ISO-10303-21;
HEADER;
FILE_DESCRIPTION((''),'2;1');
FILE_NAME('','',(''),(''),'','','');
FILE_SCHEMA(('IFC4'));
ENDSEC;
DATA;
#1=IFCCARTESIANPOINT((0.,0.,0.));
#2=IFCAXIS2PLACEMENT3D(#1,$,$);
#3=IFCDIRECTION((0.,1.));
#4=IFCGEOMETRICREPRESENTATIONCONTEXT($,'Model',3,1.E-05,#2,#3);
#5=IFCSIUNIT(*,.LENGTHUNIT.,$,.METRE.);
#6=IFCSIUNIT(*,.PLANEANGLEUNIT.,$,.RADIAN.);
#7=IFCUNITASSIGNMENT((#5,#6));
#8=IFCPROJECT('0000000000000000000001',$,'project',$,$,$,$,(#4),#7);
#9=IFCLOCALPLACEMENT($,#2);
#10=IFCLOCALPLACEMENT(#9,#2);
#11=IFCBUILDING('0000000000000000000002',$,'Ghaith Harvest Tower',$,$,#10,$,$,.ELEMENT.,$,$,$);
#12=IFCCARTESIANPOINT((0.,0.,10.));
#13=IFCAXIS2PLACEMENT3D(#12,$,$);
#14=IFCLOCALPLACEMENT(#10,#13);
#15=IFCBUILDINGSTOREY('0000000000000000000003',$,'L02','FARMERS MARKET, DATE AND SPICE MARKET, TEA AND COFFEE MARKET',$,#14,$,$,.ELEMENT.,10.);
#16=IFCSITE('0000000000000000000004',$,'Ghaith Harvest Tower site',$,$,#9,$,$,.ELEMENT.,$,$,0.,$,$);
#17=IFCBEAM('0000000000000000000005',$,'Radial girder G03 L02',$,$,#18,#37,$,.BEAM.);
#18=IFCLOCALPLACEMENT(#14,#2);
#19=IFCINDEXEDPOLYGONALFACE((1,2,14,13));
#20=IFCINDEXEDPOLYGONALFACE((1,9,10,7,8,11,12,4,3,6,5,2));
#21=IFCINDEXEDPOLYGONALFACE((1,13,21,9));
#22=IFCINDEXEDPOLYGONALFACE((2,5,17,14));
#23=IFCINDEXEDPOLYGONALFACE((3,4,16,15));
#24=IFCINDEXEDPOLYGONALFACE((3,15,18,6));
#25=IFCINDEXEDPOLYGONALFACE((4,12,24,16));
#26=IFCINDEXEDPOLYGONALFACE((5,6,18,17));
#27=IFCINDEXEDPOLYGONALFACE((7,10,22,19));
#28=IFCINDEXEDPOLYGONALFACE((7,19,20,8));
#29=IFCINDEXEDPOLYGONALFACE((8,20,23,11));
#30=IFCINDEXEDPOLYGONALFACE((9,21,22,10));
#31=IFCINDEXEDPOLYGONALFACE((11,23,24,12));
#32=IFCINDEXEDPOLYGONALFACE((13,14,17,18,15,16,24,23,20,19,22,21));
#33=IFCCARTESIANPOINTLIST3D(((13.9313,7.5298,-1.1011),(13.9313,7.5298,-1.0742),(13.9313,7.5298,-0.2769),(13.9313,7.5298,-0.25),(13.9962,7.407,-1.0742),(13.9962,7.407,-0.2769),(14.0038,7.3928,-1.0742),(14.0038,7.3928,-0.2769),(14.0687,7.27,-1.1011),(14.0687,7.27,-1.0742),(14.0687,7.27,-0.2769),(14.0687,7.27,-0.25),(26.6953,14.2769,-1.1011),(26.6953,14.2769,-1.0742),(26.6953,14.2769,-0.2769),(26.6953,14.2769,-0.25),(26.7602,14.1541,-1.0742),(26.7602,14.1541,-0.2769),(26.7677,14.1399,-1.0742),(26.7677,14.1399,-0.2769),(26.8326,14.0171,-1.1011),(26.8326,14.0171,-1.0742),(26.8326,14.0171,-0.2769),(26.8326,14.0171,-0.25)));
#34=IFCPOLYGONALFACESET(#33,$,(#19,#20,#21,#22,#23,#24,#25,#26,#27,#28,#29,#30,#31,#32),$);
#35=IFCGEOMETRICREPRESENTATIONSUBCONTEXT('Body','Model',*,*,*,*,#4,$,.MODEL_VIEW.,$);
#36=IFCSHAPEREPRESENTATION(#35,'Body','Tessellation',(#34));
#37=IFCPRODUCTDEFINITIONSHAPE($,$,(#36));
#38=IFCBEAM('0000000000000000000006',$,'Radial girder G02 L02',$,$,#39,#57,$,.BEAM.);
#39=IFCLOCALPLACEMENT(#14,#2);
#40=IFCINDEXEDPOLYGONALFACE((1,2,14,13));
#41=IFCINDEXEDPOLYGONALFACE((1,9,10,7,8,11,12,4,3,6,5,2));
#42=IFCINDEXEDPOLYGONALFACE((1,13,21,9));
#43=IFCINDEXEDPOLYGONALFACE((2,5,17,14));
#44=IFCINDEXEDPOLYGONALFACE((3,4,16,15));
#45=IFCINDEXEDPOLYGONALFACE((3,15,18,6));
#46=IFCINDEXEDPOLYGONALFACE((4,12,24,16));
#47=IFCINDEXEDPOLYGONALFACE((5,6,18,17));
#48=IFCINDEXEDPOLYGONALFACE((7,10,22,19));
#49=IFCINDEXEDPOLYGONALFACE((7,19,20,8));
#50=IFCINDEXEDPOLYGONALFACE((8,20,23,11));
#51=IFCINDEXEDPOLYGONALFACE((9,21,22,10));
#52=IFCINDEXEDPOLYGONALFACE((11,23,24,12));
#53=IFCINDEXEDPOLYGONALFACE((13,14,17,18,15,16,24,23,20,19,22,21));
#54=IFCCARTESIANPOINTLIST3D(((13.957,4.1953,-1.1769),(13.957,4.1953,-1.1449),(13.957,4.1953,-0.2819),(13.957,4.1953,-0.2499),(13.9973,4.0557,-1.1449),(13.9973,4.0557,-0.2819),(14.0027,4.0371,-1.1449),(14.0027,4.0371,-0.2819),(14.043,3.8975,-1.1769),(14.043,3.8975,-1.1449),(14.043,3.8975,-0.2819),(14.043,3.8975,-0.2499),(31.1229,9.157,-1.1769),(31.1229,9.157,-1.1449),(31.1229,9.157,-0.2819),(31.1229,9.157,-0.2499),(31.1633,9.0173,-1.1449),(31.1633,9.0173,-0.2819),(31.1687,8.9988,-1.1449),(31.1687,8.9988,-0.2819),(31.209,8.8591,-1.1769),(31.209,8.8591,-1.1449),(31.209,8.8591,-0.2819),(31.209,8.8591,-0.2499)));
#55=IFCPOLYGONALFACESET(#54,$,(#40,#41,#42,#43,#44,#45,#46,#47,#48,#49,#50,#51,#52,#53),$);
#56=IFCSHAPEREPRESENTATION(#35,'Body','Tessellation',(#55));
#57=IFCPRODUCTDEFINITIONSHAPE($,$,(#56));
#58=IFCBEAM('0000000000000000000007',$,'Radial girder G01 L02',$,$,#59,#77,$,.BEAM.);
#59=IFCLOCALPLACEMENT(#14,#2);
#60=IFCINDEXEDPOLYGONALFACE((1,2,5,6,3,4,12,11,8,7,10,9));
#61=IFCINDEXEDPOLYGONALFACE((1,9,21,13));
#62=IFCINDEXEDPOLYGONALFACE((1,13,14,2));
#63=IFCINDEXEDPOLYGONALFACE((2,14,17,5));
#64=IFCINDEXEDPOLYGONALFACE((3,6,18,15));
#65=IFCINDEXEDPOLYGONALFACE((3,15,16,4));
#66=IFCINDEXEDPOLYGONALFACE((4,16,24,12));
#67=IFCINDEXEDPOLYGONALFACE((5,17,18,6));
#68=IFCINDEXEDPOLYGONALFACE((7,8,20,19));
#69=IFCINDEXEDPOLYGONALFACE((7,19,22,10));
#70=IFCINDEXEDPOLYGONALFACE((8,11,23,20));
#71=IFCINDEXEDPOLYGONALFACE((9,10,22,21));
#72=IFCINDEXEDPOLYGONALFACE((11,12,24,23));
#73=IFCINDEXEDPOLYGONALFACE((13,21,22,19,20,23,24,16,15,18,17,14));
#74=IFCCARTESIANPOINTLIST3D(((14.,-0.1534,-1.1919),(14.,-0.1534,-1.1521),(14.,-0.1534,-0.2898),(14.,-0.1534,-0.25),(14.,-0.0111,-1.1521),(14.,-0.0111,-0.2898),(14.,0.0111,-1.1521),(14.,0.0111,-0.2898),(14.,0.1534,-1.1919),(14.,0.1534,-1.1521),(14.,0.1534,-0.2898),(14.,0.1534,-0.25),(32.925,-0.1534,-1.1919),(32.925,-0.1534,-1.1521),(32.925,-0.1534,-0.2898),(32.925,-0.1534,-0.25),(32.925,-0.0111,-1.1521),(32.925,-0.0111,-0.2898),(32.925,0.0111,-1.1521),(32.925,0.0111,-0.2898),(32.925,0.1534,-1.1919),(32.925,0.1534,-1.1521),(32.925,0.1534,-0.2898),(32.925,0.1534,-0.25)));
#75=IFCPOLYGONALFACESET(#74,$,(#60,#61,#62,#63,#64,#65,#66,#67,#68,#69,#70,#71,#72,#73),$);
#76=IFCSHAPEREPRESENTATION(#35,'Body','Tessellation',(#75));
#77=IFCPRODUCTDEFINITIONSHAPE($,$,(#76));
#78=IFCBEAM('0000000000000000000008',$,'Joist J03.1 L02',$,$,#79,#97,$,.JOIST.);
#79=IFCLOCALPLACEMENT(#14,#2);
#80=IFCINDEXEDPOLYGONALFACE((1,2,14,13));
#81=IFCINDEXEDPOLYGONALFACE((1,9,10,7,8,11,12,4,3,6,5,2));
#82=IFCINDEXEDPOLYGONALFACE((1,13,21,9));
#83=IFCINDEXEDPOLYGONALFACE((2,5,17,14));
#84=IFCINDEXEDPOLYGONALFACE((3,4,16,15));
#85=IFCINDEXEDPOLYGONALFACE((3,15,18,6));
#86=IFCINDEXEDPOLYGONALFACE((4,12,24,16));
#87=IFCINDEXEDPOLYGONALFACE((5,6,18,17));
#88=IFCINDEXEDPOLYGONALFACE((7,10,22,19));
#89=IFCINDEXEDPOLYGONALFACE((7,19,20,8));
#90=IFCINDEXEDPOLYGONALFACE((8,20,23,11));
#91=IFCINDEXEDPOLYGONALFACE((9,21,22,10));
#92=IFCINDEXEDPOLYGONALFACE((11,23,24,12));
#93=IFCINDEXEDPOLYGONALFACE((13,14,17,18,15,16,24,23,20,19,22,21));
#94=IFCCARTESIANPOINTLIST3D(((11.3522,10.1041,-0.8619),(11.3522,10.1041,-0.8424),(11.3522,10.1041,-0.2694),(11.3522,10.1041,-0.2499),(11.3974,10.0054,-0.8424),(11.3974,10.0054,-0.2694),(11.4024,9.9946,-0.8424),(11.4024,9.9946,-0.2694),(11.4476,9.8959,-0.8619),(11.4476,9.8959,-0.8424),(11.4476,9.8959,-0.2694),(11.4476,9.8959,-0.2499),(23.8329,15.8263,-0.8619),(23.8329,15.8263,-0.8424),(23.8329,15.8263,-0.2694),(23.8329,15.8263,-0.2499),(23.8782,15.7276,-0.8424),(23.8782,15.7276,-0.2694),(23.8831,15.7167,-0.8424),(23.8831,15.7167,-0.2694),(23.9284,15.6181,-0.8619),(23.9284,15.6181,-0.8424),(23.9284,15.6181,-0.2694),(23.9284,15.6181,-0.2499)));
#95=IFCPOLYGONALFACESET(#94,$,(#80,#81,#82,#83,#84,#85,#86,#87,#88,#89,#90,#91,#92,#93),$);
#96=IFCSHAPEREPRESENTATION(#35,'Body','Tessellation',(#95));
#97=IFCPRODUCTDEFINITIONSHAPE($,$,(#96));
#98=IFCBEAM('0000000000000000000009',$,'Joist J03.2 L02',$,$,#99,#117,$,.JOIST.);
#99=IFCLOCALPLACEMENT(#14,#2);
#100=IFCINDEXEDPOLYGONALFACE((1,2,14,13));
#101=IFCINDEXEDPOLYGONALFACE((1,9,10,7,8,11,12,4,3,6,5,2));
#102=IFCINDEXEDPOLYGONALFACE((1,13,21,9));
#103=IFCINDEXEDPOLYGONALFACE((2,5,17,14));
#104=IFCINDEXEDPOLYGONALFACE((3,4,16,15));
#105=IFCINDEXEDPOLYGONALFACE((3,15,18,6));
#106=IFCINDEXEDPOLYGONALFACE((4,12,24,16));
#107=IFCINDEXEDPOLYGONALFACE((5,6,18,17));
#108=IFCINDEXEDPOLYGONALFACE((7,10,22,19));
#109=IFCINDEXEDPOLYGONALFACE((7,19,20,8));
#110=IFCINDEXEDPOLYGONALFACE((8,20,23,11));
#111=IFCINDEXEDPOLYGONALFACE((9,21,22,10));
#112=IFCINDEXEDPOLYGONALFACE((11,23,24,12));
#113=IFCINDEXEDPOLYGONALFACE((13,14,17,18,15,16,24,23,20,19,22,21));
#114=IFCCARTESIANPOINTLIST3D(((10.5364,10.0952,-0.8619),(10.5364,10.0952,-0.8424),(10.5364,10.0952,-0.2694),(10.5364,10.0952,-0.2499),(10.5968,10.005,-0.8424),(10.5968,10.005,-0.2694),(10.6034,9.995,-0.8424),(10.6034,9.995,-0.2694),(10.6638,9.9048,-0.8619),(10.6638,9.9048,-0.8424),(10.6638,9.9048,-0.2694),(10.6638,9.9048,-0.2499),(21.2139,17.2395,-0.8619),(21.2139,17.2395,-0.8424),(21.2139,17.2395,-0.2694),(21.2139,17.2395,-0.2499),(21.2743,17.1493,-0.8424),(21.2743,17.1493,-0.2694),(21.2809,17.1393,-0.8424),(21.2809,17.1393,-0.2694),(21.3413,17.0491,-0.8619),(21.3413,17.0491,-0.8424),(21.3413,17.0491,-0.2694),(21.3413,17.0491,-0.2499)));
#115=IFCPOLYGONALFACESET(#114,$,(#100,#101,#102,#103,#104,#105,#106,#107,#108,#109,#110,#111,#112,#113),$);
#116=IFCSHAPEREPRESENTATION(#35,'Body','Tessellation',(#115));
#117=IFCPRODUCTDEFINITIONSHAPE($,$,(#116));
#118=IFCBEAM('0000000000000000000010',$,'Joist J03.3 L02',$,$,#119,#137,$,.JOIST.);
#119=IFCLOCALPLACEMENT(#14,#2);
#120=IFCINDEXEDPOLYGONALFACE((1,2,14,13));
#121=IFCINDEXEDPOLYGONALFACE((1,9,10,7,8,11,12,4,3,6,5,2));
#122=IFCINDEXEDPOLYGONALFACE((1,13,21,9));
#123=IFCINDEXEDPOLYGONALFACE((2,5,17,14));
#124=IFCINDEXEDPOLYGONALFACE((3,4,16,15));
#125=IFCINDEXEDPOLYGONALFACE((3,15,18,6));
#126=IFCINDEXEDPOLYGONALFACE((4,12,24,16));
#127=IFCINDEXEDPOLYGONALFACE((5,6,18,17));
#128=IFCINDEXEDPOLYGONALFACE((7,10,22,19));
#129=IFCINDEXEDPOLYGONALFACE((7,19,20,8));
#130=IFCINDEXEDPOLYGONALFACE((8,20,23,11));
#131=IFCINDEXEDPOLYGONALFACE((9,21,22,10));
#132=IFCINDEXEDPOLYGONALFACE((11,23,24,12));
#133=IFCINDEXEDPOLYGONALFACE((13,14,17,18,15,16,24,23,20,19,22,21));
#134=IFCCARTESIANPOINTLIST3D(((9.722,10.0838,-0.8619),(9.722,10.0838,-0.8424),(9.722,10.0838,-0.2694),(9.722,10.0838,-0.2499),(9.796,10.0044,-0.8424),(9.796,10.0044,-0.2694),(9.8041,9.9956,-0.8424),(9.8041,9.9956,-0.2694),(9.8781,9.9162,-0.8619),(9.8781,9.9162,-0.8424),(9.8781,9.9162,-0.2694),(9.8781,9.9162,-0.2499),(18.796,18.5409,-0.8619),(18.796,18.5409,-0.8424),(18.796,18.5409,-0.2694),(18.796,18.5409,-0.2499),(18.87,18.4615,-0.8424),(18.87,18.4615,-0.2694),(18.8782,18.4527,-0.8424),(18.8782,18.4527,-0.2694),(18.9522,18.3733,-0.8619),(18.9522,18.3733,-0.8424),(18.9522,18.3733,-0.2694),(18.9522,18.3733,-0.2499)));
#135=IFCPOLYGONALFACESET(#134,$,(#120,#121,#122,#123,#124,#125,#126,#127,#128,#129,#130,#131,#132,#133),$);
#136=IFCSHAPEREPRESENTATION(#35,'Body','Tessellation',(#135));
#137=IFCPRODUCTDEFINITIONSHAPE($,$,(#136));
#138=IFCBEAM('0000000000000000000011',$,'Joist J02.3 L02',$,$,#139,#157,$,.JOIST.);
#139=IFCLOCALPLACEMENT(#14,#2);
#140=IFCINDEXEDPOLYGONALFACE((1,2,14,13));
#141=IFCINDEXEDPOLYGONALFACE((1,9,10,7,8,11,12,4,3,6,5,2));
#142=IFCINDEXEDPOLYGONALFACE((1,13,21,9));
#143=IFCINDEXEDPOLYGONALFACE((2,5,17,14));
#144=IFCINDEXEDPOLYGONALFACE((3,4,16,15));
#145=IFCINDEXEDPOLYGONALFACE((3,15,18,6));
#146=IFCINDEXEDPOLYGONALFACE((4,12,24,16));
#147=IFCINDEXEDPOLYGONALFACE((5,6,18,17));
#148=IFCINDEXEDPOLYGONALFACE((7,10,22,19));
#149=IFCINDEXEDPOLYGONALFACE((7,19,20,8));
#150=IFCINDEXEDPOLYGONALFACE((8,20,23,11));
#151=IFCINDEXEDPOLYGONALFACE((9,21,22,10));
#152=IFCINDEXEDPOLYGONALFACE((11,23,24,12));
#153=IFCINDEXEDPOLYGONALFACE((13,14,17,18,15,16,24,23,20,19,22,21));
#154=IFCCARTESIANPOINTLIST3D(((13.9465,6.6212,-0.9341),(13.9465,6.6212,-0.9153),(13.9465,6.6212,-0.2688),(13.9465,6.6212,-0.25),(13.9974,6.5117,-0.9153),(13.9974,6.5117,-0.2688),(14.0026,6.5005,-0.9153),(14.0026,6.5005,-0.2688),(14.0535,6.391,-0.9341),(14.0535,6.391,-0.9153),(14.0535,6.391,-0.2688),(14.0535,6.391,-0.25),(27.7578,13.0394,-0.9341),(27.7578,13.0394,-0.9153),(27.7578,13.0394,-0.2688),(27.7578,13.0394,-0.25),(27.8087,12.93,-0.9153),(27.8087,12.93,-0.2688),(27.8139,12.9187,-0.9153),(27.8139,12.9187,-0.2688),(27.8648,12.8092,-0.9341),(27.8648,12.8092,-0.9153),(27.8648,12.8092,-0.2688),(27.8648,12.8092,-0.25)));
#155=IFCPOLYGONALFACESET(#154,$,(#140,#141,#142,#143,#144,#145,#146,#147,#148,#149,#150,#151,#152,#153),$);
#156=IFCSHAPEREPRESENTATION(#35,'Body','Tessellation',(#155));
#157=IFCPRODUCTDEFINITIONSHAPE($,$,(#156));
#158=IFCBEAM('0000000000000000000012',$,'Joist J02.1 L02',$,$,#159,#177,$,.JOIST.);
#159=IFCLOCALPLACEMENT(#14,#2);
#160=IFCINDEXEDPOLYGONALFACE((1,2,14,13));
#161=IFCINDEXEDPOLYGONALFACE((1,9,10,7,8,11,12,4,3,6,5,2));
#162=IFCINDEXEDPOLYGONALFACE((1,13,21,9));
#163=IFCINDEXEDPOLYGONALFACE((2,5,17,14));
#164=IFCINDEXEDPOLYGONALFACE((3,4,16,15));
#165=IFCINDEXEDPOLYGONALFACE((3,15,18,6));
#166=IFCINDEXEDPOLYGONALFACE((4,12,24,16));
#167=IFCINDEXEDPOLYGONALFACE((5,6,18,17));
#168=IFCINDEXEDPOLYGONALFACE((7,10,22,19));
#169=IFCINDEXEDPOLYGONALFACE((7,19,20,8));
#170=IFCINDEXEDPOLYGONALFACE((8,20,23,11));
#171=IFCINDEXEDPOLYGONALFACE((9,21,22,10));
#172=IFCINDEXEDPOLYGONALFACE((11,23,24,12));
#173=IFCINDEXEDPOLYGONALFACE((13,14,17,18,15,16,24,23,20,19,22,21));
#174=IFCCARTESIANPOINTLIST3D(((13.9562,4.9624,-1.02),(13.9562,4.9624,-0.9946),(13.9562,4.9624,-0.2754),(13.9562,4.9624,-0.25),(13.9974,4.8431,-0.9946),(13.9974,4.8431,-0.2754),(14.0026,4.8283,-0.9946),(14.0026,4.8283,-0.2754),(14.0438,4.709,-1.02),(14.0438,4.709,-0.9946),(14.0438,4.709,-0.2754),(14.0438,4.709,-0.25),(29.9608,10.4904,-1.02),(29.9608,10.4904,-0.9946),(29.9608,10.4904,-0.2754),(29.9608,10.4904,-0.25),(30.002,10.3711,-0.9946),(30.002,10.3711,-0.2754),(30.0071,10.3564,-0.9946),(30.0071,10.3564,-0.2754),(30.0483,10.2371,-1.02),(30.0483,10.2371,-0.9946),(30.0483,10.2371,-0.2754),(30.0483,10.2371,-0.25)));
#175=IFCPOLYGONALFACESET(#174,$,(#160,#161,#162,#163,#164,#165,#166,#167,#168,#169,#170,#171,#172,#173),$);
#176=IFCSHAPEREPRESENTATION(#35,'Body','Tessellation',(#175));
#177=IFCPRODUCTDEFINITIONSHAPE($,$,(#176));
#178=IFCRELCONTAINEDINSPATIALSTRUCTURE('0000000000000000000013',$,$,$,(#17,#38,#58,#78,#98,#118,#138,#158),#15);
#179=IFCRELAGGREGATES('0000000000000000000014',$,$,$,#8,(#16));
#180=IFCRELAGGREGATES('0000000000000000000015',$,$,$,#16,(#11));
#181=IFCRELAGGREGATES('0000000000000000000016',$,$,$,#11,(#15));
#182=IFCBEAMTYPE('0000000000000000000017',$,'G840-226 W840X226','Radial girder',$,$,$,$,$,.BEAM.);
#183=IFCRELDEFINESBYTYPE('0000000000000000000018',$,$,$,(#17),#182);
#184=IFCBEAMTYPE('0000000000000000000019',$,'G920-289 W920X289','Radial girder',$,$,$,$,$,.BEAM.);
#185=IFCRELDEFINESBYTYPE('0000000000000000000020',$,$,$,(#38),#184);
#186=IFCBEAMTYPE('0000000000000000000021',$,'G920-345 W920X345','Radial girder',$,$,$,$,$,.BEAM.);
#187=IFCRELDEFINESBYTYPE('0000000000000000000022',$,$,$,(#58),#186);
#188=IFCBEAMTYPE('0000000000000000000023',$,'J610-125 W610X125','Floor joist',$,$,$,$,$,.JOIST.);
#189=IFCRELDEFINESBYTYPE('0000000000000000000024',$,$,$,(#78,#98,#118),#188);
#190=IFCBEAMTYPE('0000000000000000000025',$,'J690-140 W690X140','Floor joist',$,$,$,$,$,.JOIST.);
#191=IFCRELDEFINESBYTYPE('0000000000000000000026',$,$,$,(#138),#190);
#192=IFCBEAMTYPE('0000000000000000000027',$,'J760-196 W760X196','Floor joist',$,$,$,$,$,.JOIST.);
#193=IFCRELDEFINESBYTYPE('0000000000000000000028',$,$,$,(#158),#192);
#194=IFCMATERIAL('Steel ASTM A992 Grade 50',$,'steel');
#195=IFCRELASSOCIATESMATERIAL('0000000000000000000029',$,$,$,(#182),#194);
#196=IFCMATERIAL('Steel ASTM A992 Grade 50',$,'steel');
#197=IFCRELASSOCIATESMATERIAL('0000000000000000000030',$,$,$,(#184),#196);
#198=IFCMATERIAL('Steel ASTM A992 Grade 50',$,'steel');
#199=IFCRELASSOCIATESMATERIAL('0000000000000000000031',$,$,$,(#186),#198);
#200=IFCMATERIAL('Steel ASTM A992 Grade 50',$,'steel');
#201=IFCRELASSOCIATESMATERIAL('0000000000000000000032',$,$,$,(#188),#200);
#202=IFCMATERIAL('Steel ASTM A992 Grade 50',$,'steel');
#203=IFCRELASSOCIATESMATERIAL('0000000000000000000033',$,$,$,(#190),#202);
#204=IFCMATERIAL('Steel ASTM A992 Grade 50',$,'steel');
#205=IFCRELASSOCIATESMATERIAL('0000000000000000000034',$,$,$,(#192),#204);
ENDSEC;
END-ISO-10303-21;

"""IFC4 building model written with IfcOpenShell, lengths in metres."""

from ifc_helpers import new_model, si_unit, direction, frame, origin, origin_2d, place, context, subcontext, project, spatial, i_section, extrude, material, material_profile, profile_set, type_object, element, save


model = new_model("IFC4")

# Units and contexts
model_context = context("Model", 3, precision=1e-05, world=origin(), true_north=direction((0.0, 1.0)))
body_context = subcontext(model_context, "Body", "Model", "MODEL_VIEW")
ifc_project = project(units=[si_unit("LENGTHUNIT", "METRE"), si_unit("PLANEANGLEUNIT", "RADIAN")], contexts=[model_context])

# Site, building, storey
site_placement = place(None, origin())
site = spatial("IfcSite", under=ifc_project, at=site_placement, Name="Ghaith Harvest Tower site", CompositionType="ELEMENT", RefElevation=0.0)
building_placement = place(site_placement, origin())
building = spatial("IfcBuilding", under=site, at=building_placement, Name="Ghaith Harvest Tower", CompositionType="ELEMENT")
storey_placement = place(building_placement, frame((0.0, 0.0, 10.0)))
storey = spatial("IfcBuildingStorey", under=building, at=storey_placement, Name="L02", Description="FARMERS MARKET, DATE AND SPICE MARKET, TEA AND COFFEE MARKET", CompositionType="ELEMENT", Elevation=10.0)

# Beams
ifc_material_1 = material(Name="Steel ASTM A992 Grade 50", Category="steel")
ifc_material_profile_1 = material_profile(ifc_material_1, i_section(OverallWidth=0.2939, OverallDepth=0.8511, WebThickness=0.0161, FlangeThickness=0.0269, at=origin_2d()), Name="W840X226")
ifc_profile_set_1 = profile_set([ifc_material_profile_1], Name="Steel ASTM A992 Grade 50")
beam_type_1 = type_object("IfcBeamType", Name="G840-226 W840X226", Description="Radial girder", PredefinedType="BEAM", material=ifc_profile_set_1)
beam_1_placement = place(storey_placement, frame((14.0, 7.3999, -0.6755), z_axis=(0.884083, 0.467331, 0.0), x_axis=(-0.467331, 0.884083, 0.0)))
element("IfcBeam", 1, at=beam_1_placement, inside=storey, type_object=beam_type_1, Name="Radial girder G03 L02", PredefinedType="BEAM", context=body_context, shape_type="SweptSolid", body=[
    extrude(i_section(OverallWidth=0.2939, OverallDepth=0.8511, WebThickness=0.0161, FlangeThickness=0.0269, at=origin_2d()), origin(), (0.0, 0.0, 1.0), 14.4375),
])
ifc_material_2 = material(Name="Steel ASTM A992 Grade 50", Category="steel")
ifc_material_profile_2 = material_profile(ifc_material_2, i_section(OverallWidth=0.3101, OverallDepth=0.927, WebThickness=0.0193, FlangeThickness=0.032, at=origin_2d()), Name="W920X289")
ifc_profile_set_2 = profile_set([ifc_material_profile_2], Name="Steel ASTM A992 Grade 50")
beam_type_2 = type_object("IfcBeamType", Name="G920-289 W920X289", Description="Radial girder", PredefinedType="BEAM", material=ifc_profile_set_2)
beam_2_placement = place(storey_placement, frame((14.0, 4.0464, -0.7134), z_axis=(0.960675, 0.277674, 0.0), x_axis=(-0.277674, 0.960675, 0.0)))
element("IfcBeam", 2, at=beam_2_placement, inside=storey, type_object=beam_type_2, Name="Radial girder G02 L02", PredefinedType="BEAM", context=body_context, shape_type="SweptSolid", body=[
    extrude(i_section(OverallWidth=0.3101, OverallDepth=0.927, WebThickness=0.0193, FlangeThickness=0.032, at=origin_2d()), origin(), (0.0, 0.0, 1.0), 17.8687),
])
ifc_material_3 = material(Name="Steel ASTM A992 Grade 50", Category="steel")
ifc_material_profile_3 = material_profile(ifc_material_3, i_section(OverallWidth=0.3069, OverallDepth=0.9419, WebThickness=0.0222, FlangeThickness=0.0398, at=origin_2d()), Name="W920X345")
ifc_profile_set_3 = profile_set([ifc_material_profile_3], Name="Steel ASTM A992 Grade 50")
beam_type_3 = type_object("IfcBeamType", Name="G920-345 W920X345", Description="Radial girder", PredefinedType="BEAM", material=ifc_profile_set_3)
beam_3_placement = place(storey_placement, frame((14.0, 0.0, -0.7209), z_axis=(1.0, 0.0, 0.0), x_axis=(0.0, 1.0, 0.0)))
element("IfcBeam", 3, at=beam_3_placement, inside=storey, type_object=beam_type_3, Name="Radial girder G01 L02", PredefinedType="BEAM", context=body_context, shape_type="SweptSolid", body=[
    extrude(i_section(OverallWidth=0.3069, OverallDepth=0.9419, WebThickness=0.0222, FlangeThickness=0.0398, at=origin_2d()), origin(), (0.0, 0.0, 1.0), 18.925),
])
ifc_material_4 = material(Name="Steel ASTM A992 Grade 50", Category="steel")
ifc_material_profile_4 = material_profile(ifc_material_4, i_section(OverallWidth=0.229, OverallDepth=0.6121, WebThickness=0.012, FlangeThickness=0.0195, at=origin_2d()), Name="W610X125")
ifc_profile_set_4 = profile_set([ifc_material_profile_4], Name="Steel ASTM A992 Grade 50")
beam_type_4 = type_object("IfcBeamType", Name="J610-125 W610X125", Description="Floor joist", PredefinedType="JOIST", material=ifc_profile_set_4)
beam_4_placement = place(storey_placement, frame((11.3999, 10.0, -0.5559), z_axis=(0.909014, 0.416766, 0.0), x_axis=(-0.416766, 0.909014, 0.0)))
element("IfcBeam", 4, at=beam_4_placement, inside=storey, type_object=beam_type_4, Name="Joist J03.1 L02", PredefinedType="JOIST", context=body_context, shape_type="SweptSolid", body=[
    extrude(i_section(OverallWidth=0.229, OverallDepth=0.6121, WebThickness=0.012, FlangeThickness=0.0195, at=origin_2d()), origin(), (0.0, 0.0, 1.0), 13.73),
])
beam_5_placement = place(storey_placement, frame((10.6001, 10.0, -0.5559), z_axis=(0.831116, 0.556098, 0.0), x_axis=(-0.556098, 0.831116, 0.0)))
element("IfcBeam", 5, at=beam_5_placement, inside=storey, type_object=beam_type_4, Name="Joist J03.2 L02", PredefinedType="JOIST", context=body_context, shape_type="SweptSolid", body=[
    extrude(i_section(OverallWidth=0.229, OverallDepth=0.6121, WebThickness=0.012, FlangeThickness=0.0195, at=origin_2d()), origin(), (0.0, 0.0, 1.0), 12.8472),
])
beam_6_placement = place(storey_placement, frame((9.8, 10.0, -0.5559), z_axis=(0.731538, 0.681801, 0.0), x_axis=(-0.681801, 0.731538, 0.0)))
element("IfcBeam", 6, at=beam_6_placement, inside=storey, type_object=beam_type_4, Name="Joist J03.3 L02", PredefinedType="JOIST", context=body_context, shape_type="SweptSolid", body=[
    extrude(i_section(OverallWidth=0.229, OverallDepth=0.6121, WebThickness=0.012, FlangeThickness=0.0195, at=origin_2d()), origin(), (0.0, 0.0, 1.0), 12.4041),
])
ifc_material_5 = material(Name="Steel ASTM A992 Grade 50", Category="steel")
ifc_material_profile_5 = material_profile(ifc_material_5, i_section(OverallWidth=0.2539, OverallDepth=0.6841, WebThickness=0.0125, FlangeThickness=0.0188, at=origin_2d()), Name="W690X140")
ifc_profile_set_5 = profile_set([ifc_material_profile_5], Name="Steel ASTM A992 Grade 50")
beam_type_5 = type_object("IfcBeamType", Name="J690-140 W690X140", Description="Floor joist", PredefinedType="JOIST", material=ifc_profile_set_5)
beam_7_placement = place(storey_placement, frame((14.0, 6.5061, -0.592), z_axis=(0.906863, 0.421426, 0.0), x_axis=(-0.421426, 0.906863, 0.0)))
element("IfcBeam", 7, at=beam_7_placement, inside=storey, type_object=beam_type_5, Name="Joist J02.3 L02", PredefinedType="JOIST", context=body_context, shape_type="SweptSolid", body=[
    extrude(i_section(OverallWidth=0.2539, OverallDepth=0.6841, WebThickness=0.0125, FlangeThickness=0.0188, at=origin_2d()), origin(), (0.0, 0.0, 1.0), 15.2297),
])
ifc_material_6 = material(Name="Steel ASTM A992 Grade 50", Category="steel")
ifc_material_profile_6 = material_profile(ifc_material_6, i_section(OverallWidth=0.2681, OverallDepth=0.77, WebThickness=0.0156, FlangeThickness=0.0254, at=origin_2d()), Name="W760X196")
ifc_profile_set_6 = profile_set([ifc_material_profile_6], Name="Steel ASTM A992 Grade 50")
beam_type_6 = type_object("IfcBeamType", Name="J760-196 W760X196", Description="Floor joist", PredefinedType="JOIST", material=ifc_profile_set_6)
beam_8_placement = place(storey_placement, frame((14.0, 4.8357, -0.635), z_axis=(0.945205, 0.326478, 0.0), x_axis=(-0.326478, 0.945205, 0.0)))
element("IfcBeam", 8, at=beam_8_placement, inside=storey, type_object=beam_type_6, Name="Joist J02.1 L02", PredefinedType="JOIST", context=body_context, shape_type="SweptSolid", body=[
    extrude(i_section(OverallWidth=0.2681, OverallDepth=0.77, WebThickness=0.0156, FlangeThickness=0.0254, at=origin_2d()), origin(), (0.0, 0.0, 1.0), 16.9324),
])

save(model, "model.ifc")
